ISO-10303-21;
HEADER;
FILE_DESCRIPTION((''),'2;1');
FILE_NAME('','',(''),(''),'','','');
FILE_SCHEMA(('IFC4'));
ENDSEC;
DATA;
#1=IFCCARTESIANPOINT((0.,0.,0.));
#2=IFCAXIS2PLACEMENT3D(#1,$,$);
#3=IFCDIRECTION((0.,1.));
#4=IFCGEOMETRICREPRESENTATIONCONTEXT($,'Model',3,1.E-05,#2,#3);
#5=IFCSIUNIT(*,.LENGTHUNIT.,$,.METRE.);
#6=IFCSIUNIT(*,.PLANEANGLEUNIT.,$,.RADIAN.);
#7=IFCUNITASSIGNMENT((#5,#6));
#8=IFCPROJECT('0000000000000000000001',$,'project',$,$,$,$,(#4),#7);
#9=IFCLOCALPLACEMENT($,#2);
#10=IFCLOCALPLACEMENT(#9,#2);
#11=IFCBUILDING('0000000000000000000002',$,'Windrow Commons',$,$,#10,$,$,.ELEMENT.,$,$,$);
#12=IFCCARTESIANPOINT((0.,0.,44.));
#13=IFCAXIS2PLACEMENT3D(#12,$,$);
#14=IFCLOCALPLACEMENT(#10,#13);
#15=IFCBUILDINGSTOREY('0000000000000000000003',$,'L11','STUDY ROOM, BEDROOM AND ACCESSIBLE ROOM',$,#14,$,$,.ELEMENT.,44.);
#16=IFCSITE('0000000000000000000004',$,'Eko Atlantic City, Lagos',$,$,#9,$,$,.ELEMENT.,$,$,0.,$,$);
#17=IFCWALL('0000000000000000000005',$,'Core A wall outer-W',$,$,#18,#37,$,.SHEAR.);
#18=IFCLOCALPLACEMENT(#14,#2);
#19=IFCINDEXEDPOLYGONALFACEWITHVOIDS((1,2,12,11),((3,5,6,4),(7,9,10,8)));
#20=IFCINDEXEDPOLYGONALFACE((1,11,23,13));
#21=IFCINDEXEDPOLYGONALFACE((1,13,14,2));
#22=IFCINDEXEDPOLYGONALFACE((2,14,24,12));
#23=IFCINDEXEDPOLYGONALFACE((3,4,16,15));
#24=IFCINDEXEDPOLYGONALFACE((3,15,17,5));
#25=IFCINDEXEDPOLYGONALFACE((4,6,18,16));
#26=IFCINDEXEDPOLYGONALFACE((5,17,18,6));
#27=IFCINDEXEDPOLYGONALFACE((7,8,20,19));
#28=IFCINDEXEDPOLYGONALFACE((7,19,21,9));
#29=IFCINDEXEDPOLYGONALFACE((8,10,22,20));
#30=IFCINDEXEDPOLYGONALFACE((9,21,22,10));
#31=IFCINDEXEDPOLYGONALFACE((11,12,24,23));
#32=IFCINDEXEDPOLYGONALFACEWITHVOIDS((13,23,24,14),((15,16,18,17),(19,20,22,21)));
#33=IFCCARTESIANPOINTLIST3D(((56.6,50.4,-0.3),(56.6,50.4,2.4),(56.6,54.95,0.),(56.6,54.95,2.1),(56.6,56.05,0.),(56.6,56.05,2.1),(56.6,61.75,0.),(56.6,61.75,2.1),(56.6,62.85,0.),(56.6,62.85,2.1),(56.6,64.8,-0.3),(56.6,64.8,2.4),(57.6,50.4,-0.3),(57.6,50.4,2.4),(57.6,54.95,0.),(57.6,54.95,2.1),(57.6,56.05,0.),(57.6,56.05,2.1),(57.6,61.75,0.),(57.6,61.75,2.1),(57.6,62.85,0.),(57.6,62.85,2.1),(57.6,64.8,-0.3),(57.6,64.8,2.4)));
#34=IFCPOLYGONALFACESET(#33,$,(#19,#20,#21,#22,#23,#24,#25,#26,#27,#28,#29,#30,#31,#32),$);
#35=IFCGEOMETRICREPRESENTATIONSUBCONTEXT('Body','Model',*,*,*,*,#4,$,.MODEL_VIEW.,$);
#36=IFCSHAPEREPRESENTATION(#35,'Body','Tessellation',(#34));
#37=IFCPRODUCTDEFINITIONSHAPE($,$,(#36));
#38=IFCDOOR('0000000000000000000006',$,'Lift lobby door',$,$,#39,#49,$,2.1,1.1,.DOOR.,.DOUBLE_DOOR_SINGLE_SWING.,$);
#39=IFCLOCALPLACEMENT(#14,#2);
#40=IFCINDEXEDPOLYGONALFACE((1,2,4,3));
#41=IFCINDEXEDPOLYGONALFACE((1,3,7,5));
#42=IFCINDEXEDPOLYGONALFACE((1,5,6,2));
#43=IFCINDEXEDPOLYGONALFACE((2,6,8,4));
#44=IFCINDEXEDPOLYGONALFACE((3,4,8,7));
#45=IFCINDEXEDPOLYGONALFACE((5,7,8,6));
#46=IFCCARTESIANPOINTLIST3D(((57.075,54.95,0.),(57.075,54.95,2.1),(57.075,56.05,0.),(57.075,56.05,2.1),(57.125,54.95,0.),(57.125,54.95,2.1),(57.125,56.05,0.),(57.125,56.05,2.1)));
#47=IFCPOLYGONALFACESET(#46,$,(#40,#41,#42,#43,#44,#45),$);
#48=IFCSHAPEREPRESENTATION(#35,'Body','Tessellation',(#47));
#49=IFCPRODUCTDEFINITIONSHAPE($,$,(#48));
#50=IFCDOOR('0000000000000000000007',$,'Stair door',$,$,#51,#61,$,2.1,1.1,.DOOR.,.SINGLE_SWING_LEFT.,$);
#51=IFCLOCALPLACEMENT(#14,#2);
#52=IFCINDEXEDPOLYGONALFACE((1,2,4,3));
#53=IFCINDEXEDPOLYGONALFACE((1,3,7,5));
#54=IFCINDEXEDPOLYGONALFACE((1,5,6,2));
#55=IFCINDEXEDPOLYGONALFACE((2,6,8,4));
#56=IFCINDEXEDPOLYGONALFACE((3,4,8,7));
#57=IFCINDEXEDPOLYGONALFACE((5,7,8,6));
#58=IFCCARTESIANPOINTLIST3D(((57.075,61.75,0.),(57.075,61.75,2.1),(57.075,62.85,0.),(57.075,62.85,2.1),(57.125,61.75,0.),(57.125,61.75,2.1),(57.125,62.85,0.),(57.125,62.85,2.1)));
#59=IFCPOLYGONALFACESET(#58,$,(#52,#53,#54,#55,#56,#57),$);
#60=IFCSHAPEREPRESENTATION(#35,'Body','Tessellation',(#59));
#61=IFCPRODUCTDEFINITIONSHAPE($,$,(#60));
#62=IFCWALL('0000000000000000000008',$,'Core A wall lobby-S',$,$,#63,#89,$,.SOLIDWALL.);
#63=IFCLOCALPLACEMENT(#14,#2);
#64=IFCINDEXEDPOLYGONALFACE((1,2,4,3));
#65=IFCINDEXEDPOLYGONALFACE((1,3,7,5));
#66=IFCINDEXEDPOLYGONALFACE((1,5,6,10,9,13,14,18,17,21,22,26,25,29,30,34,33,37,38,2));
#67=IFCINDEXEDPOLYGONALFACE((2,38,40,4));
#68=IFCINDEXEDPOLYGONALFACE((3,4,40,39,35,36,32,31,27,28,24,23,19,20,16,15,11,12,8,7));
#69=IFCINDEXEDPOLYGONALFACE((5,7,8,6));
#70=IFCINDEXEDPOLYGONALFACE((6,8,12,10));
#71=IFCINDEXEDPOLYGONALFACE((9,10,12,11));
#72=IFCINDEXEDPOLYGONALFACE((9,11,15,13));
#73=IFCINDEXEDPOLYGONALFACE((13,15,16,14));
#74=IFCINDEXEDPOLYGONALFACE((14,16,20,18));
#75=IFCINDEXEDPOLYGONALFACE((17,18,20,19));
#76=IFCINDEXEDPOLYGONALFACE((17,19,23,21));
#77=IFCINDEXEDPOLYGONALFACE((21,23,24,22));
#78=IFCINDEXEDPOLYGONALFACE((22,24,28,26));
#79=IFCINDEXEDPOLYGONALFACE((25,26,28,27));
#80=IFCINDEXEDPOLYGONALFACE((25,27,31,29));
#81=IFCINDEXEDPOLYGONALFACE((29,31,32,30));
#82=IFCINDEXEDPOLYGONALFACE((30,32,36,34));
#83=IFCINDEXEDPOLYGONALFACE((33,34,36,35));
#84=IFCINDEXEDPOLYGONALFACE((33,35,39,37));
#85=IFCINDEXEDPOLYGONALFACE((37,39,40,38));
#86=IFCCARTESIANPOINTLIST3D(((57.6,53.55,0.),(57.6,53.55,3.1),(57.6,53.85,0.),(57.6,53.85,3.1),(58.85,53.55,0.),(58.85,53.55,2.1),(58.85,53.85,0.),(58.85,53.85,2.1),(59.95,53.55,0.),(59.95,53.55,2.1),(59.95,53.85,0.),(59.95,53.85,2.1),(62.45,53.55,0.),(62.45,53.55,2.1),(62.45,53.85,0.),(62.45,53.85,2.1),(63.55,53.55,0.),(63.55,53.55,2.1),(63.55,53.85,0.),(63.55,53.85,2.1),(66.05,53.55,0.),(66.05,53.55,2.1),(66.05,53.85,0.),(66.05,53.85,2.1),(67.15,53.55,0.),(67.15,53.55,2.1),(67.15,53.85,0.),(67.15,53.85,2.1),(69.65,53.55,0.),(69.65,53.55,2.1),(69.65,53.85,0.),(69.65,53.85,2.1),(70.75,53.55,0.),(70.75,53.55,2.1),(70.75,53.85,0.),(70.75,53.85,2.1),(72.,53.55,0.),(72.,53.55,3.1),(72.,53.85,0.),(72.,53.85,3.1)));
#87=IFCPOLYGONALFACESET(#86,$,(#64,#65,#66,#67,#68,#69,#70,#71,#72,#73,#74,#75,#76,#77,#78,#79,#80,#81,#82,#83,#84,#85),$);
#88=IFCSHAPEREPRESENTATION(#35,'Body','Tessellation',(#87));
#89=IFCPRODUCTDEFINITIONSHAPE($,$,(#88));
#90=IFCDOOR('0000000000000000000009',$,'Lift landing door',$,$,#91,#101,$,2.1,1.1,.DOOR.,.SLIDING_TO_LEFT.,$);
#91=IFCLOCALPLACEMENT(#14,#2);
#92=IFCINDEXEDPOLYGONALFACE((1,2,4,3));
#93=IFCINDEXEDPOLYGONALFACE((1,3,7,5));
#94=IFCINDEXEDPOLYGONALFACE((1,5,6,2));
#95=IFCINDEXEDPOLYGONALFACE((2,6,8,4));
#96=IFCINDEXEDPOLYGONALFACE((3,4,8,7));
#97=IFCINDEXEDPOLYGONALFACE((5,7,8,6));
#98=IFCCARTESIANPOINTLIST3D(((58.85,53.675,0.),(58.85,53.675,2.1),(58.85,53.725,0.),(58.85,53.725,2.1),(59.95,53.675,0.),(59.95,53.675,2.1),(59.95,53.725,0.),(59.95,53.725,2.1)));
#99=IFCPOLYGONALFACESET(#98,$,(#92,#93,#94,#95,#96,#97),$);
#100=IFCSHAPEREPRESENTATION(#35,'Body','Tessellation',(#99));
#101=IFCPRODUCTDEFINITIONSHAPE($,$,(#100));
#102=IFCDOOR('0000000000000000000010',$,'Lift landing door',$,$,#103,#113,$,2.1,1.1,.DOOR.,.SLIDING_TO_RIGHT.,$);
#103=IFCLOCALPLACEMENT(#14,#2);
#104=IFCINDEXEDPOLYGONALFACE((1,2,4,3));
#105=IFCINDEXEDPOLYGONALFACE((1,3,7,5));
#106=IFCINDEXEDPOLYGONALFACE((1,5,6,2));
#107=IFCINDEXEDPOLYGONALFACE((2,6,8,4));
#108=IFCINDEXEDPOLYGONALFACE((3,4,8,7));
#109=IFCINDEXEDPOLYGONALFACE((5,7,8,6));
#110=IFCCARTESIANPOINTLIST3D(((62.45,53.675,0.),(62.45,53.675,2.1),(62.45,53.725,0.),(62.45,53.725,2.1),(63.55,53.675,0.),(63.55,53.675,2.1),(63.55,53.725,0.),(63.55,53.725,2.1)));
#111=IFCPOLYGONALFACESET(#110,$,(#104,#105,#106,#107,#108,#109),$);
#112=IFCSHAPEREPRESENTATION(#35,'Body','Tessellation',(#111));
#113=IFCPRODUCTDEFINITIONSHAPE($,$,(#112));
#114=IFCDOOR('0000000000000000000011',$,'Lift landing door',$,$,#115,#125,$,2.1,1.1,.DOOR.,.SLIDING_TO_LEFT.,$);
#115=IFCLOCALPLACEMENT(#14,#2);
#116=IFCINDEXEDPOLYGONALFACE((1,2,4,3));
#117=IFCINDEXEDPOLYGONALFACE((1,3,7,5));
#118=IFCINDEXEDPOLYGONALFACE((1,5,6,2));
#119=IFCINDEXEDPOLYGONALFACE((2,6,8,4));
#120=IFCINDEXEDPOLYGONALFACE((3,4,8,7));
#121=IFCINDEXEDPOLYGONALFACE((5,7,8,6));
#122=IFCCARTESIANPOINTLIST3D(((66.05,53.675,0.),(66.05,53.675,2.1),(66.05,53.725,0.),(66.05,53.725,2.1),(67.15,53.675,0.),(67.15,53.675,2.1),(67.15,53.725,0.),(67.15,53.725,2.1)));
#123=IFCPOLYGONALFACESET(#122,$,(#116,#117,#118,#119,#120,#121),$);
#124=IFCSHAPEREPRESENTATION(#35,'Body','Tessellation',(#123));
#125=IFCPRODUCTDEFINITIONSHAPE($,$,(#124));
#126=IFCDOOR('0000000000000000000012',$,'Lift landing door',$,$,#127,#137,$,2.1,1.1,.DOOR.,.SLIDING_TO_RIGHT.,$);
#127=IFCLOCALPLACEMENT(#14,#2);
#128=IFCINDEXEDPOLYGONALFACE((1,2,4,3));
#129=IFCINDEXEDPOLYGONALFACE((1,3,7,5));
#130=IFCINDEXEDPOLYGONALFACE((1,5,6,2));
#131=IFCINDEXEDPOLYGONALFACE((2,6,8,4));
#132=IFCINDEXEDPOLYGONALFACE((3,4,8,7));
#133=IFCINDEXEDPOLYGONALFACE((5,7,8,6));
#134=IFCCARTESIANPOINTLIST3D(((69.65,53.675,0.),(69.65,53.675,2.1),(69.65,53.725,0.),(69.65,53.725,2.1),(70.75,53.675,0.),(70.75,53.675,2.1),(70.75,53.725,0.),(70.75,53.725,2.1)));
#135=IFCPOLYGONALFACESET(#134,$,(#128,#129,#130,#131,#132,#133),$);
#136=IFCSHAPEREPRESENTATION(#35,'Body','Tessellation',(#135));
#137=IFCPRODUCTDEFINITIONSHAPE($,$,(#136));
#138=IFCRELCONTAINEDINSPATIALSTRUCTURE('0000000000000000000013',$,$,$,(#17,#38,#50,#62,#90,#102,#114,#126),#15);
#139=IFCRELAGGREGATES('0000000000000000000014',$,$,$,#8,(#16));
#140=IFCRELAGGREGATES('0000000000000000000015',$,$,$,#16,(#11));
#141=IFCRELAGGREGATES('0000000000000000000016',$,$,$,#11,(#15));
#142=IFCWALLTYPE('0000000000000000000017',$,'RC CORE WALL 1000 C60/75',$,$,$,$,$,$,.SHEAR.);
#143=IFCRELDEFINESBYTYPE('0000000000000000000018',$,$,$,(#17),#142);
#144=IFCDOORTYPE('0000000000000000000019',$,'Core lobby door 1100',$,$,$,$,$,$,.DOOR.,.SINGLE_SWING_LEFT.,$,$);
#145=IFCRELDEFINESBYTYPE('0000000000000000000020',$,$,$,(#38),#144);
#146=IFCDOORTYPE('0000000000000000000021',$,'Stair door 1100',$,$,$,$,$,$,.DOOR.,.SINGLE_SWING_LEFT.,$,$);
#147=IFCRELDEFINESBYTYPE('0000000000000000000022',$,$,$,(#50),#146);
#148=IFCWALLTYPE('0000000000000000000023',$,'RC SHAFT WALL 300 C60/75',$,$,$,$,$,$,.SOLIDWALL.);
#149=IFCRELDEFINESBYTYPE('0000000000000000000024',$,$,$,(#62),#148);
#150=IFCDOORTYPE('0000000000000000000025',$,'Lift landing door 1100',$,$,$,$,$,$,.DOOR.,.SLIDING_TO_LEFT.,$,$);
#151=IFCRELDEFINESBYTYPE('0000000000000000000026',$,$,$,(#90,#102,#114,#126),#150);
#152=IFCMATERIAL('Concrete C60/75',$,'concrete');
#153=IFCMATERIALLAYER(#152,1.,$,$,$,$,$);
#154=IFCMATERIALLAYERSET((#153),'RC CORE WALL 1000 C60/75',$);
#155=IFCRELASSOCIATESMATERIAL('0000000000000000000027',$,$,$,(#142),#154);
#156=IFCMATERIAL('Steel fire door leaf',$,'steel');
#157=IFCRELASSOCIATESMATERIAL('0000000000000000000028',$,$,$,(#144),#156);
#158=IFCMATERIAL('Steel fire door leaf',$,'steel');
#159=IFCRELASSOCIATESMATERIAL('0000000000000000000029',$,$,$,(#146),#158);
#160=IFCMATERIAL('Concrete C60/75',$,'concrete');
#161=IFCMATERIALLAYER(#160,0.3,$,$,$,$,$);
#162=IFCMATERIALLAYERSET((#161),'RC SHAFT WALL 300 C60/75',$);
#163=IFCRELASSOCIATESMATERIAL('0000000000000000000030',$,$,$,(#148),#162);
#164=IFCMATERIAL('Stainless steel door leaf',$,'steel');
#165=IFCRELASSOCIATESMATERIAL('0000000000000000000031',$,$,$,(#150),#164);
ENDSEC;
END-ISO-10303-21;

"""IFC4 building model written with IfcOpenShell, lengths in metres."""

from ifc_helpers import new_model, si_unit, direction, frame, frame_2d, origin, place, context, subcontext, project, spatial, rectangle, extrude, material, layer, layer_set, type_object, element, fill, save


model = new_model("IFC4")

# Units and contexts
model_context = context("Model", 3, precision=1e-05, world=origin(), true_north=direction((0.0, 1.0)))
body_context = subcontext(model_context, "Body", "Model", "MODEL_VIEW")
ifc_project = project(units=[si_unit("LENGTHUNIT", "METRE"), si_unit("PLANEANGLEUNIT", "RADIAN")], contexts=[model_context])

# Site, building, storey
site_placement = place(None, origin())
site = spatial("IfcSite", under=ifc_project, at=site_placement, Name="Eko Atlantic City, Lagos", CompositionType="ELEMENT", RefElevation=0.0)
building_placement = place(site_placement, origin())
building = spatial("IfcBuilding", under=site, at=building_placement, Name="Windrow Commons", CompositionType="ELEMENT")
storey_placement = place(building_placement, frame((0.0, 0.0, 44.0)))
storey = spatial("IfcBuildingStorey", under=building, at=storey_placement, Name="L11", Description="STUDY ROOM, BEDROOM AND ACCESSIBLE ROOM", CompositionType="ELEMENT", Elevation=44.0)

# Shared definitions
ifc_material_1 = material(Name="Concrete C60/75", Category="concrete")
ifc_layer_1 = layer(ifc_material_1, 1.0)
ifc_layer_set_1 = layer_set([ifc_layer_1], Name="RC CORE WALL 1000 C60/75")
wall_type_1 = type_object("IfcWallType", Name="RC CORE WALL 1000 C60/75", PredefinedType="SHEAR", material=ifc_layer_set_1)

# Walls, openings, doors
wall_1_placement = place(storey_placement, frame((57.1, 50.4, -0.3), z_axis=(0.0, 0.0, 1.0), x_axis=(0.0, 1.0, 0.0)))
wall_1 = element("IfcWall", 1, at=wall_1_placement, inside=storey, type_object=wall_type_1, Name="Core A wall outer-W", PredefinedType="SHEAR", context=body_context, shape_type="SweptSolid", body=[
    extrude(rectangle(XDim=14.4, YDim=1.0, at=frame_2d((7.2, 0.0))), origin(), (0.0, 0.0, 1.0), 2.7),
])
opening_1_placement = place(wall_1_placement, frame((4.55, 0.0, 0.3)))
opening_1 = element("IfcOpeningElement", 2, at=opening_1_placement, cuts=wall_1, PredefinedType="OPENING", context=body_context, shape_type="SweptSolid", body=[
    extrude(rectangle(XDim=1.1, YDim=2.1, at=frame_2d((0.55, 1.05))), frame((0.0, 0.51, 0.0), z_axis=(0.0, -1.0, 0.0), x_axis=(1.0, 0.0, 0.0)), (0.0, 0.0, 1.0), 1.02),
])
opening_2_placement = place(wall_1_placement, frame((11.35, 0.0, 0.3)))
opening_2 = element("IfcOpeningElement", 3, at=opening_2_placement, cuts=wall_1, PredefinedType="OPENING", context=body_context, shape_type="SweptSolid", body=[
    extrude(rectangle(XDim=1.1, YDim=2.1, at=frame_2d((0.55, 1.05))), frame((0.0, 0.51, 0.0), z_axis=(0.0, -1.0, 0.0), x_axis=(1.0, 0.0, 0.0)), (0.0, 0.0, 1.0), 1.02),
])
ifc_material_2 = material(Name="Steel fire door leaf", Category="steel")
door_type_1 = type_object("IfcDoorType", Name="Core lobby door 1100", OperationType="SINGLE_SWING_LEFT", PredefinedType="DOOR", material=ifc_material_2)
door_1_placement = place(opening_1_placement, origin())
door_1 = element("IfcDoor", 4, at=door_1_placement, inside=storey, type_object=door_type_1, Name="Lift lobby door", OperationType="DOUBLE_DOOR_SINGLE_SWING", OverallHeight=2.1, OverallWidth=1.1, PredefinedType="DOOR", context=body_context, shape_type="SweptSolid", body=[
    extrude(rectangle(XDim=1.1, YDim=2.1, at=frame_2d((0.55, 1.05))), frame((0.0, 0.025, 0.0), z_axis=(0.0, -1.0, 0.0), x_axis=(1.0, 0.0, 0.0)), (0.0, 0.0, 1.0), 0.05),
])
fill(opening_1, door_1)
ifc_material_3 = material(Name="Steel fire door leaf", Category="steel")
door_type_2 = type_object("IfcDoorType", Name="Stair door 1100", OperationType="SINGLE_SWING_LEFT", PredefinedType="DOOR", material=ifc_material_3)
door_2_placement = place(opening_2_placement, origin())
door_2 = element("IfcDoor", 5, at=door_2_placement, inside=storey, type_object=door_type_2, Name="Stair door", OperationType="SINGLE_SWING_LEFT", OverallHeight=2.1, OverallWidth=1.1, PredefinedType="DOOR", context=body_context, shape_type="SweptSolid", body=[
    extrude(rectangle(XDim=1.1, YDim=2.1, at=frame_2d((0.55, 1.05))), frame((0.0, 0.025, 0.0), z_axis=(0.0, -1.0, 0.0), x_axis=(1.0, 0.0, 0.0)), (0.0, 0.0, 1.0), 0.05),
])
fill(opening_2, door_2)
ifc_material_4 = material(Name="Concrete C60/75", Category="concrete")
ifc_layer_2 = layer(ifc_material_4, 0.3)
ifc_layer_set_2 = layer_set([ifc_layer_2], Name="RC SHAFT WALL 300 C60/75")
wall_type_2 = type_object("IfcWallType", Name="RC SHAFT WALL 300 C60/75", PredefinedType="SOLIDWALL", material=ifc_layer_set_2)
wall_2_placement = place(storey_placement, frame((57.6, 53.7, 0.0), z_axis=(0.0, 0.0, 1.0), x_axis=(1.0, 0.0, 0.0)))
wall_2 = element("IfcWall", 6, at=wall_2_placement, inside=storey, type_object=wall_type_2, Name="Core A wall lobby-S", PredefinedType="SOLIDWALL", context=body_context, shape_type="SweptSolid", body=[
    extrude(rectangle(XDim=14.4, YDim=0.3, at=frame_2d((7.2, 0.0))), origin(), (0.0, 0.0, 1.0), 3.1),
])
opening_3_placement = place(wall_2_placement, frame((1.25, 0.0, 0.0)))
opening_3 = element("IfcOpeningElement", 7, at=opening_3_placement, cuts=wall_2, PredefinedType="OPENING", context=body_context, shape_type="SweptSolid", body=[
    extrude(rectangle(XDim=1.1, YDim=2.1, at=frame_2d((0.55, 1.05))), frame((0.0, 0.16, 0.0), z_axis=(0.0, -1.0, 0.0), x_axis=(1.0, 0.0, 0.0)), (0.0, 0.0, 1.0), 0.32),
])
opening_4_placement = place(wall_2_placement, frame((4.85, 0.0, 0.0)))
opening_4 = element("IfcOpeningElement", 8, at=opening_4_placement, cuts=wall_2, PredefinedType="OPENING", context=body_context, shape_type="SweptSolid", body=[
    extrude(rectangle(XDim=1.1, YDim=2.1, at=frame_2d((0.55, 1.05))), frame((0.0, 0.16, 0.0), z_axis=(0.0, -1.0, 0.0), x_axis=(1.0, 0.0, 0.0)), (0.0, 0.0, 1.0), 0.32),
])
opening_5_placement = place(wall_2_placement, frame((8.45, 0.0, 0.0)))
opening_5 = element("IfcOpeningElement", 9, at=opening_5_placement, cuts=wall_2, PredefinedType="OPENING", context=body_context, shape_type="SweptSolid", body=[
    extrude(rectangle(XDim=1.1, YDim=2.1, at=frame_2d((0.55, 1.05))), frame((0.0, 0.16, 0.0), z_axis=(0.0, -1.0, 0.0), x_axis=(1.0, 0.0, 0.0)), (0.0, 0.0, 1.0), 0.32),
])
opening_6_placement = place(wall_2_placement, frame((12.05, 0.0, 0.0)))
opening_6 = element("IfcOpeningElement", 10, at=opening_6_placement, cuts=wall_2, PredefinedType="OPENING", context=body_context, shape_type="SweptSolid", body=[
    extrude(rectangle(XDim=1.1, YDim=2.1, at=frame_2d((0.55, 1.05))), frame((0.0, 0.16, 0.0), z_axis=(0.0, -1.0, 0.0), x_axis=(1.0, 0.0, 0.0)), (0.0, 0.0, 1.0), 0.32),
])
ifc_material_5 = material(Name="Stainless steel door leaf", Category="steel")
door_type_3 = type_object("IfcDoorType", Name="Lift landing door 1100", OperationType="SLIDING_TO_LEFT", PredefinedType="DOOR", material=ifc_material_5)
door_3_placement = place(opening_3_placement, origin())
door_3 = element("IfcDoor", 11, at=door_3_placement, inside=storey, type_object=door_type_3, Name="Lift landing door", OperationType="SLIDING_TO_LEFT", OverallHeight=2.1, OverallWidth=1.1, PredefinedType="DOOR", context=body_context, shape_type="SweptSolid", body=[
    extrude(rectangle(XDim=1.1, YDim=2.1, at=frame_2d((0.55, 1.05))), frame((0.0, 0.025, 0.0), z_axis=(0.0, -1.0, 0.0), x_axis=(1.0, 0.0, 0.0)), (0.0, 0.0, 1.0), 0.05),
])
fill(opening_3, door_3)
door_4_placement = place(opening_4_placement, origin())
door_4 = element("IfcDoor", 12, at=door_4_placement, inside=storey, type_object=door_type_3, Name="Lift landing door", OperationType="SLIDING_TO_RIGHT", OverallHeight=2.1, OverallWidth=1.1, PredefinedType="DOOR", context=body_context, shape_type="SweptSolid", body=[
    extrude(rectangle(XDim=1.1, YDim=2.1, at=frame_2d((0.55, 1.05))), frame((0.0, 0.025, 0.0), z_axis=(0.0, -1.0, 0.0), x_axis=(1.0, 0.0, 0.0)), (0.0, 0.0, 1.0), 0.05),
])
fill(opening_4, door_4)
door_5_placement = place(opening_5_placement, origin())
door_5 = element("IfcDoor", 13, at=door_5_placement, inside=storey, type_object=door_type_3, Name="Lift landing door", OperationType="SLIDING_TO_LEFT", OverallHeight=2.1, OverallWidth=1.1, PredefinedType="DOOR", context=body_context, shape_type="SweptSolid", body=[
    extrude(rectangle(XDim=1.1, YDim=2.1, at=frame_2d((0.55, 1.05))), frame((0.0, 0.025, 0.0), z_axis=(0.0, -1.0, 0.0), x_axis=(1.0, 0.0, 0.0)), (0.0, 0.0, 1.0), 0.05),
])
fill(opening_5, door_5)
door_6_placement = place(opening_6_placement, origin())
door_6 = element("IfcDoor", 14, at=door_6_placement, inside=storey, type_object=door_type_3, Name="Lift landing door", OperationType="SLIDING_TO_RIGHT", OverallHeight=2.1, OverallWidth=1.1, PredefinedType="DOOR", context=body_context, shape_type="SweptSolid", body=[
    extrude(rectangle(XDim=1.1, YDim=2.1, at=frame_2d((0.55, 1.05))), frame((0.0, 0.025, 0.0), z_axis=(0.0, -1.0, 0.0), x_axis=(1.0, 0.0, 0.0)), (0.0, 0.0, 1.0), 0.05),
])
fill(opening_6, door_6)

save(model, "model.ifc")
